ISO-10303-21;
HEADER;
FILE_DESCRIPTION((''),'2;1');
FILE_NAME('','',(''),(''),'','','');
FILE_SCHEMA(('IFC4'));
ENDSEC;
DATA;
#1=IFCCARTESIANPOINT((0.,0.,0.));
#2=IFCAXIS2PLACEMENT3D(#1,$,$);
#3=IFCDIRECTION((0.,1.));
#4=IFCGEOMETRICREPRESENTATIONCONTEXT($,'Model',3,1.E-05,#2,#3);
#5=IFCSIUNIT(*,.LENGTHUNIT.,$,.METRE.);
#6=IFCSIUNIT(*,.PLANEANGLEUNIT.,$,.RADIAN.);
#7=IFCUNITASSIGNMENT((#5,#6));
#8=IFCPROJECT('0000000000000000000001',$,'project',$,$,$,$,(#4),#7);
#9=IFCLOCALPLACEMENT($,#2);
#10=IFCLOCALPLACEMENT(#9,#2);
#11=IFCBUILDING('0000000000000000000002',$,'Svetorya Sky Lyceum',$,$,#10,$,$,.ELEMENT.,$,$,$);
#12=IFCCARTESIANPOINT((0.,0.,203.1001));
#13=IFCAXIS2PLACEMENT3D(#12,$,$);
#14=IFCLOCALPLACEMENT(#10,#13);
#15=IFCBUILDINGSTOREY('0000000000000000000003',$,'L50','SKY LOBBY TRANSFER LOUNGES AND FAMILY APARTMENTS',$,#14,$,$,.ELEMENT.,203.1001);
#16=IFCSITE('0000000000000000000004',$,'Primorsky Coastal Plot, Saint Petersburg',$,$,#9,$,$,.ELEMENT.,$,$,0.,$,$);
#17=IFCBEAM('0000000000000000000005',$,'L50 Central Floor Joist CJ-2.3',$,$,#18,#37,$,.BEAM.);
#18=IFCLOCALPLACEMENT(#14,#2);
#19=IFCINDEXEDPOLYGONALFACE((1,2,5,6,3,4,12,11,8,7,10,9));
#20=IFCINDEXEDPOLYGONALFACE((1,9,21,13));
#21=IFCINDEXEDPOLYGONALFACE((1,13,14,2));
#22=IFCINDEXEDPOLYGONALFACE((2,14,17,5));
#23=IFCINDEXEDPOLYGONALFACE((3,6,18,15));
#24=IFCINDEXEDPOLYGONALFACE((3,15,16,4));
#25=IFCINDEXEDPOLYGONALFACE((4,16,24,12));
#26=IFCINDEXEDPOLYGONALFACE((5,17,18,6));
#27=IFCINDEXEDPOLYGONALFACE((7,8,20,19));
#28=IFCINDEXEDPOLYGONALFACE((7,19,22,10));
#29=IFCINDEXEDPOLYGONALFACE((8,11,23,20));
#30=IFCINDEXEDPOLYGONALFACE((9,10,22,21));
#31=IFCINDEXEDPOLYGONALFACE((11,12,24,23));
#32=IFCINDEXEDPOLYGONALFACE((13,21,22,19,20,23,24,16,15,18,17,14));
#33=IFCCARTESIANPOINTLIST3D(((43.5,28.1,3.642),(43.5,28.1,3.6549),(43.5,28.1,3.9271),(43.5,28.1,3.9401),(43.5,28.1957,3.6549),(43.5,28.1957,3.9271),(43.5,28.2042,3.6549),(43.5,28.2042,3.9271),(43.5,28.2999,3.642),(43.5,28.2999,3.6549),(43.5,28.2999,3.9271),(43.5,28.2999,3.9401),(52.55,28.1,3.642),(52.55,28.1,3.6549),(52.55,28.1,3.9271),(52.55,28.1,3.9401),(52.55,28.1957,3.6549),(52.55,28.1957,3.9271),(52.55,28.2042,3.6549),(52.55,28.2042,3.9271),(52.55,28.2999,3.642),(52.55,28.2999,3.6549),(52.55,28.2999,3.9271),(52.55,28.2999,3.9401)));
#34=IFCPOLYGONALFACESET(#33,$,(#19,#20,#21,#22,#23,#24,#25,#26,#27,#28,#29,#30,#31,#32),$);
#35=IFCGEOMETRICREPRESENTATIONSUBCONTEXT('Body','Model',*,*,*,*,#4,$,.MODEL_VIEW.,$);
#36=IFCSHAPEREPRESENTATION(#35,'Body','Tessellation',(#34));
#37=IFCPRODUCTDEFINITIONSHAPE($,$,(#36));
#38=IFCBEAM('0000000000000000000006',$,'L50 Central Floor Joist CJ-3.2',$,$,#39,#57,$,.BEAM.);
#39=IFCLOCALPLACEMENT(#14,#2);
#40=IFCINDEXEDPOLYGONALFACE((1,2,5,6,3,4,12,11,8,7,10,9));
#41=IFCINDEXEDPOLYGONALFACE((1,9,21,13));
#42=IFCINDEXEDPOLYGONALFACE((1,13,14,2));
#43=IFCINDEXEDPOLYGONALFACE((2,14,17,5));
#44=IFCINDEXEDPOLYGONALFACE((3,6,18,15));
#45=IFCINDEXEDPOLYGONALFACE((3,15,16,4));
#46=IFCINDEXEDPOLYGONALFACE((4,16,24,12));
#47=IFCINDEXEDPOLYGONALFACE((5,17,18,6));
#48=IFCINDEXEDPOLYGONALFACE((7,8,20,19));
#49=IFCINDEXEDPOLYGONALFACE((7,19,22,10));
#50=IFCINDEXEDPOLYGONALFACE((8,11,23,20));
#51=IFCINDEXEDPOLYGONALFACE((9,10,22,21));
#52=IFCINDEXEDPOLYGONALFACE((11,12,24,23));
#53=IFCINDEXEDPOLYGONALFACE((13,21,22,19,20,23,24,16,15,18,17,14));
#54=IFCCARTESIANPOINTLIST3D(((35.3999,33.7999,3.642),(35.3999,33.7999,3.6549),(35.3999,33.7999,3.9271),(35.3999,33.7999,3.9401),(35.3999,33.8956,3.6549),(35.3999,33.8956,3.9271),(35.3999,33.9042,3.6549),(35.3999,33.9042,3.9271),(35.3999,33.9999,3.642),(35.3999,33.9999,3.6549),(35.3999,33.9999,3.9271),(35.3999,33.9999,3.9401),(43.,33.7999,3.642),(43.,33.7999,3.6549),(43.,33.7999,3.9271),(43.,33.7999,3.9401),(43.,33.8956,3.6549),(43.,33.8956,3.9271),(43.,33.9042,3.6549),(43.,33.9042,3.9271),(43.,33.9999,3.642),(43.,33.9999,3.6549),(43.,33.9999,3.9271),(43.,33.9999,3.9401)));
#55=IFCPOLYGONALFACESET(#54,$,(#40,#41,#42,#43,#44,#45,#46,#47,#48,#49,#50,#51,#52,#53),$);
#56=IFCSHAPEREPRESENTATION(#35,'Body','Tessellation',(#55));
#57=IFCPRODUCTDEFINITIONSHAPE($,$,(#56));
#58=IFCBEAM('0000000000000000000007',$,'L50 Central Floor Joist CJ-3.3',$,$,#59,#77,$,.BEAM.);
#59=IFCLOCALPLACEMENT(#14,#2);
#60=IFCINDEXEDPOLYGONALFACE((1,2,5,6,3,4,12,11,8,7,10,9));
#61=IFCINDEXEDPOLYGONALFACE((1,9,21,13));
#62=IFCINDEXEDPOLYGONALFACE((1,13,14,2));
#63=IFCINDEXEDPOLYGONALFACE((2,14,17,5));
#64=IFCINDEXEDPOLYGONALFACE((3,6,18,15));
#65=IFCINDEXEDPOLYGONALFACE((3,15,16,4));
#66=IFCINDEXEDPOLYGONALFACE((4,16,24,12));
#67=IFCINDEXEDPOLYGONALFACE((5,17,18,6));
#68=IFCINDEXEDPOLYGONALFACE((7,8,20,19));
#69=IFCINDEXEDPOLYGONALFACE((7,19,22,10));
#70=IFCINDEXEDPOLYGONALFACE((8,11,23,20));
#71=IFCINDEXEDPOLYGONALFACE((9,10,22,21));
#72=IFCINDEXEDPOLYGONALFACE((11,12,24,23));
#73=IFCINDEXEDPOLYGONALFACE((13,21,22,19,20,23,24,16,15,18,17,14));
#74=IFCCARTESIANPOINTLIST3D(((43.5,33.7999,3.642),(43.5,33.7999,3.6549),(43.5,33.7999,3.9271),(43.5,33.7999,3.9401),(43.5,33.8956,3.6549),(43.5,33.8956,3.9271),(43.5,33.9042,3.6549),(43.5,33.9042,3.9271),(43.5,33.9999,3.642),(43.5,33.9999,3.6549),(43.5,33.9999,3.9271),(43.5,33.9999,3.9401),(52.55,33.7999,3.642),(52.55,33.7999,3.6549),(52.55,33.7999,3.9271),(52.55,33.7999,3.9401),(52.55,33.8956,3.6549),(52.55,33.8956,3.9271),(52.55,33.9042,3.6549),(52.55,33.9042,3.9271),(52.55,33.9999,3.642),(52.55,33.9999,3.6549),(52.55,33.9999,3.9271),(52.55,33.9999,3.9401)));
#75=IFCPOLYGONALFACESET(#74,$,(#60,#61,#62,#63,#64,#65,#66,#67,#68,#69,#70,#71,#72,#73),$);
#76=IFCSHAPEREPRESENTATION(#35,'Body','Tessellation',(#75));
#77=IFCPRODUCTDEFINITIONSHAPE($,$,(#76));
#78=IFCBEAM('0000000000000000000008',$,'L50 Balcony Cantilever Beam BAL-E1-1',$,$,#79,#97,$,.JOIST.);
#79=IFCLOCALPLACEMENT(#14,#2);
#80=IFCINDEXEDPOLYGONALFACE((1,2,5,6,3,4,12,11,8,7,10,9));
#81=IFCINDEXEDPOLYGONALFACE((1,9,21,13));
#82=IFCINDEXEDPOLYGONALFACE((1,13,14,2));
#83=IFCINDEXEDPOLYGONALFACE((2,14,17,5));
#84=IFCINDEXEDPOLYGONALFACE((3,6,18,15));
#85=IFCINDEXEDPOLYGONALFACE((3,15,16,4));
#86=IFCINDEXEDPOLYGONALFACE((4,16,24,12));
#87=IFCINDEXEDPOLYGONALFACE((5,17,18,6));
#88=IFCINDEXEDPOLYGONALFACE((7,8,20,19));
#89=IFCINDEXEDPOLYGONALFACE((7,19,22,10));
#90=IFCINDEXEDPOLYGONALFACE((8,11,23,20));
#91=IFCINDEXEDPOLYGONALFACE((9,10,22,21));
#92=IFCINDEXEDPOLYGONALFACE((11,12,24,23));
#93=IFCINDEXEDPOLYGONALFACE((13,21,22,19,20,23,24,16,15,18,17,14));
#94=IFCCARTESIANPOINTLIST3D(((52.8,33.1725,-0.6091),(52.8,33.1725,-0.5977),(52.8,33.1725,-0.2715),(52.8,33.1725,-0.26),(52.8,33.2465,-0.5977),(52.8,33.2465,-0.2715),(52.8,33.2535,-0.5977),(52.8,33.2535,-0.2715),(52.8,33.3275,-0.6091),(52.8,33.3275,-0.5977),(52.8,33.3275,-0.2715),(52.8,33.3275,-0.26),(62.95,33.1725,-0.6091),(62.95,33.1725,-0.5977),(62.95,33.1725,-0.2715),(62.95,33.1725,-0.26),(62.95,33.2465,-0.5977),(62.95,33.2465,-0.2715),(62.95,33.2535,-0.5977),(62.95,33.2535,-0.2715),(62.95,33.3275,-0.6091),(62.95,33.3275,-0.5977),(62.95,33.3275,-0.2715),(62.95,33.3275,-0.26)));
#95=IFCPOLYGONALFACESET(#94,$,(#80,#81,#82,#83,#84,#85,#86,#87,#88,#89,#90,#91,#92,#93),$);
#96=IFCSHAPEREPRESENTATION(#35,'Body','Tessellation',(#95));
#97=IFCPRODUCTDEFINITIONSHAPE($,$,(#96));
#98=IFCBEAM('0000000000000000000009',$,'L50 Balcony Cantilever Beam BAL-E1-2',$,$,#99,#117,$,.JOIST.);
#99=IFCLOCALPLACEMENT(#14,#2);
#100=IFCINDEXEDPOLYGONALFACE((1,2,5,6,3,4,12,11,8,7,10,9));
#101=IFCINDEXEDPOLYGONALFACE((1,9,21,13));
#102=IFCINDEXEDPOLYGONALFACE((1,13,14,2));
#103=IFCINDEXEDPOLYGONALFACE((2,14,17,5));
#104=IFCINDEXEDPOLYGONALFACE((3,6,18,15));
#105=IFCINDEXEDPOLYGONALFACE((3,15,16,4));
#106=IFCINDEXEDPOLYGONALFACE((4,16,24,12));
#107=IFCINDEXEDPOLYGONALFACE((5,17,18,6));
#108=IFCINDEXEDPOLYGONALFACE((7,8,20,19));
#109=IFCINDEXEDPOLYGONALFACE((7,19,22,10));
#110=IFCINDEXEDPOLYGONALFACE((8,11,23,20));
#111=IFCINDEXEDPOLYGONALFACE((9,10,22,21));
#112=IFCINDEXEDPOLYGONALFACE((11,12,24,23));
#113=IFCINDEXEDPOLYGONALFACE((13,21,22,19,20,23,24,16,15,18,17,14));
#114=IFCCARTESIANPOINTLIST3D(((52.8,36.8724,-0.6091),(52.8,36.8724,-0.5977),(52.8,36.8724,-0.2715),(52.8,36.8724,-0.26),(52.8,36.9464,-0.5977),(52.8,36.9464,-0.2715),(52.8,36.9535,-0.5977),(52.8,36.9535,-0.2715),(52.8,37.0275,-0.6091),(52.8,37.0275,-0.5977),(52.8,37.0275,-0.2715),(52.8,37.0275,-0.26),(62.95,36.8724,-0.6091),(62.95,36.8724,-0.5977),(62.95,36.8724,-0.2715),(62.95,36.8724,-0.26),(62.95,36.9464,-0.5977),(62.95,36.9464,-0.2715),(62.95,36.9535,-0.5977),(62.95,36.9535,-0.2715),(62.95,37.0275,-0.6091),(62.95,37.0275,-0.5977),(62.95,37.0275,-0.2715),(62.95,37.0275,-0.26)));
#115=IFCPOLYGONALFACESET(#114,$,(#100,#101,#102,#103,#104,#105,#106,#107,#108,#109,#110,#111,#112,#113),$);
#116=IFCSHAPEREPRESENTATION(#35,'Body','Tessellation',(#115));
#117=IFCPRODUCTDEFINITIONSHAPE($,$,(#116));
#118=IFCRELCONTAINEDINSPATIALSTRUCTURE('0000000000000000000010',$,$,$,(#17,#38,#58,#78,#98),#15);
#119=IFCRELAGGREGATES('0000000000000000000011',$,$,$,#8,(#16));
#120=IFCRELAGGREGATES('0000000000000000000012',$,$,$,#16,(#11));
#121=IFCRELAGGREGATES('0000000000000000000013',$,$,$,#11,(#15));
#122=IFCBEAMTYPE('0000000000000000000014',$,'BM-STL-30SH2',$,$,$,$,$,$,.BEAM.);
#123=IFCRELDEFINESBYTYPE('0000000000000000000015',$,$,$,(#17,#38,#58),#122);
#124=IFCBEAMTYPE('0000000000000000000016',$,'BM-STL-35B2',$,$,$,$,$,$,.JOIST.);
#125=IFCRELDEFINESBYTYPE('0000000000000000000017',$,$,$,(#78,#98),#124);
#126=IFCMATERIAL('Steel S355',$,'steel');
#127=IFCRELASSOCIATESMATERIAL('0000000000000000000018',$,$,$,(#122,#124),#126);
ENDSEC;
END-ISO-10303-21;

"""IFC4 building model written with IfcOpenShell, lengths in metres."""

from ifc_helpers import new_model, si_unit, direction, frame, origin, origin_2d, place, context, subcontext, project, spatial, i_section, extrude, material, material_profile, profile_set, type_object, element, save


model = new_model("IFC4")

# Units and contexts
model_context = context("Model", 3, precision=1e-05, world=origin(), true_north=direction((0.0, 1.0)))
body_context = subcontext(model_context, "Body", "Model", "MODEL_VIEW")
ifc_project = project(units=[si_unit("LENGTHUNIT", "METRE"), si_unit("PLANEANGLEUNIT", "RADIAN")], contexts=[model_context])

# Site, building, storey
site_placement = place(None, origin())
site = spatial("IfcSite", under=ifc_project, at=site_placement, Name="Primorsky Coastal Plot, Saint Petersburg", CompositionType="ELEMENT", RefElevation=0.0)
building_placement = place(site_placement, origin())
building = spatial("IfcBuilding", under=site, at=building_placement, Name="Svetorya Sky Lyceum", CompositionType="ELEMENT")
storey_placement = place(building_placement, frame((0.0, 0.0, 203.1001)))
storey = spatial("IfcBuildingStorey", under=building, at=storey_placement, Name="L50", Description="SKY LOBBY TRANSFER LOUNGES AND FAMILY APARTMENTS", CompositionType="ELEMENT", Elevation=203.1001)

# Beams
ifc_material_1 = material(Name="Steel S355", Category="steel")
ifc_material_profile_1 = material_profile(ifc_material_1, i_section(OverallWidth=0.2, OverallDepth=0.2981, WebThickness=0.0085, FlangeThickness=0.0129, at=origin_2d()), Name="GOST 30Sh2")
ifc_profile_set_1 = profile_set([ifc_material_profile_1], Name="Steel S355")
beam_type_1 = type_object("IfcBeamType", Name="BM-STL-30SH2", PredefinedType="BEAM", material=ifc_profile_set_1)
beam_1_placement = place(storey_placement, frame((43.5, 28.2, 3.791), z_axis=(1.0, 0.0, 0.0), x_axis=(0.0, 1.0, 0.0)))
element("IfcBeam", 1, at=beam_1_placement, inside=storey, type_object=beam_type_1, Name="L50 Central Floor Joist CJ-2.3", PredefinedType="BEAM", context=body_context, shape_type="SweptSolid", body=[
    extrude(i_section(OverallWidth=0.2, OverallDepth=0.2981, WebThickness=0.0085, FlangeThickness=0.0129, at=origin_2d()), origin(), (0.0, 0.0, 1.0), 9.05),
])
beam_2_placement = place(storey_placement, frame((35.3999, 33.8999, 3.791), z_axis=(1.0, 0.0, 0.0), x_axis=(0.0, 1.0, 0.0)))
element("IfcBeam", 2, at=beam_2_placement, inside=storey, type_object=beam_type_1, Name="L50 Central Floor Joist CJ-3.2", PredefinedType="BEAM", context=body_context, shape_type="SweptSolid", body=[
    extrude(i_section(OverallWidth=0.2, OverallDepth=0.2981, WebThickness=0.0085, FlangeThickness=0.0129, at=origin_2d()), origin(), (0.0, 0.0, 1.0), 7.6001),
])
beam_3_placement = place(storey_placement, frame((43.5, 33.8999, 3.791), z_axis=(1.0, 0.0, 0.0), x_axis=(0.0, 1.0, 0.0)))
element("IfcBeam", 3, at=beam_3_placement, inside=storey, type_object=beam_type_1, Name="L50 Central Floor Joist CJ-3.3", PredefinedType="BEAM", context=body_context, shape_type="SweptSolid", body=[
    extrude(i_section(OverallWidth=0.2, OverallDepth=0.2981, WebThickness=0.0085, FlangeThickness=0.0129, at=origin_2d()), origin(), (0.0, 0.0, 1.0), 9.05),
])
ifc_material_profile_2 = material_profile(ifc_material_1, i_section(OverallWidth=0.155, OverallDepth=0.3491, WebThickness=0.0071, FlangeThickness=0.0115, at=origin_2d()), Name="GOST 35B2")
ifc_profile_set_2 = profile_set([ifc_material_profile_2], Name="Steel S355")
beam_type_2 = type_object("IfcBeamType", Name="BM-STL-35B2", PredefinedType="JOIST", material=ifc_profile_set_2)
for number, where, z_axis, x_axis, name in (
    (4, (52.8, 33.25, -0.4346), (1.0, 0.0, 0.0), (0.0, 1.0, 0.0), "L50 Balcony Cantilever Beam BAL-E1-1"),
    (5, (52.8, 36.95, -0.4346), (1.0, 0.0, 0.0), (0.0, 1.0, 0.0), "L50 Balcony Cantilever Beam BAL-E1-2"),
):
    element("IfcBeam", number, at=place(storey_placement, frame(where, z_axis=z_axis, x_axis=x_axis)), inside=storey, type_object=beam_type_2, Name=name, PredefinedType="JOIST", context=body_context, shape_type="SweptSolid", body=[
        extrude(i_section(OverallWidth=0.155, OverallDepth=0.3491, WebThickness=0.0071, FlangeThickness=0.0115, at=origin_2d()), origin(), (0.0, 0.0, 1.0), 10.1499),
    ])

save(model, "model.ifc")
